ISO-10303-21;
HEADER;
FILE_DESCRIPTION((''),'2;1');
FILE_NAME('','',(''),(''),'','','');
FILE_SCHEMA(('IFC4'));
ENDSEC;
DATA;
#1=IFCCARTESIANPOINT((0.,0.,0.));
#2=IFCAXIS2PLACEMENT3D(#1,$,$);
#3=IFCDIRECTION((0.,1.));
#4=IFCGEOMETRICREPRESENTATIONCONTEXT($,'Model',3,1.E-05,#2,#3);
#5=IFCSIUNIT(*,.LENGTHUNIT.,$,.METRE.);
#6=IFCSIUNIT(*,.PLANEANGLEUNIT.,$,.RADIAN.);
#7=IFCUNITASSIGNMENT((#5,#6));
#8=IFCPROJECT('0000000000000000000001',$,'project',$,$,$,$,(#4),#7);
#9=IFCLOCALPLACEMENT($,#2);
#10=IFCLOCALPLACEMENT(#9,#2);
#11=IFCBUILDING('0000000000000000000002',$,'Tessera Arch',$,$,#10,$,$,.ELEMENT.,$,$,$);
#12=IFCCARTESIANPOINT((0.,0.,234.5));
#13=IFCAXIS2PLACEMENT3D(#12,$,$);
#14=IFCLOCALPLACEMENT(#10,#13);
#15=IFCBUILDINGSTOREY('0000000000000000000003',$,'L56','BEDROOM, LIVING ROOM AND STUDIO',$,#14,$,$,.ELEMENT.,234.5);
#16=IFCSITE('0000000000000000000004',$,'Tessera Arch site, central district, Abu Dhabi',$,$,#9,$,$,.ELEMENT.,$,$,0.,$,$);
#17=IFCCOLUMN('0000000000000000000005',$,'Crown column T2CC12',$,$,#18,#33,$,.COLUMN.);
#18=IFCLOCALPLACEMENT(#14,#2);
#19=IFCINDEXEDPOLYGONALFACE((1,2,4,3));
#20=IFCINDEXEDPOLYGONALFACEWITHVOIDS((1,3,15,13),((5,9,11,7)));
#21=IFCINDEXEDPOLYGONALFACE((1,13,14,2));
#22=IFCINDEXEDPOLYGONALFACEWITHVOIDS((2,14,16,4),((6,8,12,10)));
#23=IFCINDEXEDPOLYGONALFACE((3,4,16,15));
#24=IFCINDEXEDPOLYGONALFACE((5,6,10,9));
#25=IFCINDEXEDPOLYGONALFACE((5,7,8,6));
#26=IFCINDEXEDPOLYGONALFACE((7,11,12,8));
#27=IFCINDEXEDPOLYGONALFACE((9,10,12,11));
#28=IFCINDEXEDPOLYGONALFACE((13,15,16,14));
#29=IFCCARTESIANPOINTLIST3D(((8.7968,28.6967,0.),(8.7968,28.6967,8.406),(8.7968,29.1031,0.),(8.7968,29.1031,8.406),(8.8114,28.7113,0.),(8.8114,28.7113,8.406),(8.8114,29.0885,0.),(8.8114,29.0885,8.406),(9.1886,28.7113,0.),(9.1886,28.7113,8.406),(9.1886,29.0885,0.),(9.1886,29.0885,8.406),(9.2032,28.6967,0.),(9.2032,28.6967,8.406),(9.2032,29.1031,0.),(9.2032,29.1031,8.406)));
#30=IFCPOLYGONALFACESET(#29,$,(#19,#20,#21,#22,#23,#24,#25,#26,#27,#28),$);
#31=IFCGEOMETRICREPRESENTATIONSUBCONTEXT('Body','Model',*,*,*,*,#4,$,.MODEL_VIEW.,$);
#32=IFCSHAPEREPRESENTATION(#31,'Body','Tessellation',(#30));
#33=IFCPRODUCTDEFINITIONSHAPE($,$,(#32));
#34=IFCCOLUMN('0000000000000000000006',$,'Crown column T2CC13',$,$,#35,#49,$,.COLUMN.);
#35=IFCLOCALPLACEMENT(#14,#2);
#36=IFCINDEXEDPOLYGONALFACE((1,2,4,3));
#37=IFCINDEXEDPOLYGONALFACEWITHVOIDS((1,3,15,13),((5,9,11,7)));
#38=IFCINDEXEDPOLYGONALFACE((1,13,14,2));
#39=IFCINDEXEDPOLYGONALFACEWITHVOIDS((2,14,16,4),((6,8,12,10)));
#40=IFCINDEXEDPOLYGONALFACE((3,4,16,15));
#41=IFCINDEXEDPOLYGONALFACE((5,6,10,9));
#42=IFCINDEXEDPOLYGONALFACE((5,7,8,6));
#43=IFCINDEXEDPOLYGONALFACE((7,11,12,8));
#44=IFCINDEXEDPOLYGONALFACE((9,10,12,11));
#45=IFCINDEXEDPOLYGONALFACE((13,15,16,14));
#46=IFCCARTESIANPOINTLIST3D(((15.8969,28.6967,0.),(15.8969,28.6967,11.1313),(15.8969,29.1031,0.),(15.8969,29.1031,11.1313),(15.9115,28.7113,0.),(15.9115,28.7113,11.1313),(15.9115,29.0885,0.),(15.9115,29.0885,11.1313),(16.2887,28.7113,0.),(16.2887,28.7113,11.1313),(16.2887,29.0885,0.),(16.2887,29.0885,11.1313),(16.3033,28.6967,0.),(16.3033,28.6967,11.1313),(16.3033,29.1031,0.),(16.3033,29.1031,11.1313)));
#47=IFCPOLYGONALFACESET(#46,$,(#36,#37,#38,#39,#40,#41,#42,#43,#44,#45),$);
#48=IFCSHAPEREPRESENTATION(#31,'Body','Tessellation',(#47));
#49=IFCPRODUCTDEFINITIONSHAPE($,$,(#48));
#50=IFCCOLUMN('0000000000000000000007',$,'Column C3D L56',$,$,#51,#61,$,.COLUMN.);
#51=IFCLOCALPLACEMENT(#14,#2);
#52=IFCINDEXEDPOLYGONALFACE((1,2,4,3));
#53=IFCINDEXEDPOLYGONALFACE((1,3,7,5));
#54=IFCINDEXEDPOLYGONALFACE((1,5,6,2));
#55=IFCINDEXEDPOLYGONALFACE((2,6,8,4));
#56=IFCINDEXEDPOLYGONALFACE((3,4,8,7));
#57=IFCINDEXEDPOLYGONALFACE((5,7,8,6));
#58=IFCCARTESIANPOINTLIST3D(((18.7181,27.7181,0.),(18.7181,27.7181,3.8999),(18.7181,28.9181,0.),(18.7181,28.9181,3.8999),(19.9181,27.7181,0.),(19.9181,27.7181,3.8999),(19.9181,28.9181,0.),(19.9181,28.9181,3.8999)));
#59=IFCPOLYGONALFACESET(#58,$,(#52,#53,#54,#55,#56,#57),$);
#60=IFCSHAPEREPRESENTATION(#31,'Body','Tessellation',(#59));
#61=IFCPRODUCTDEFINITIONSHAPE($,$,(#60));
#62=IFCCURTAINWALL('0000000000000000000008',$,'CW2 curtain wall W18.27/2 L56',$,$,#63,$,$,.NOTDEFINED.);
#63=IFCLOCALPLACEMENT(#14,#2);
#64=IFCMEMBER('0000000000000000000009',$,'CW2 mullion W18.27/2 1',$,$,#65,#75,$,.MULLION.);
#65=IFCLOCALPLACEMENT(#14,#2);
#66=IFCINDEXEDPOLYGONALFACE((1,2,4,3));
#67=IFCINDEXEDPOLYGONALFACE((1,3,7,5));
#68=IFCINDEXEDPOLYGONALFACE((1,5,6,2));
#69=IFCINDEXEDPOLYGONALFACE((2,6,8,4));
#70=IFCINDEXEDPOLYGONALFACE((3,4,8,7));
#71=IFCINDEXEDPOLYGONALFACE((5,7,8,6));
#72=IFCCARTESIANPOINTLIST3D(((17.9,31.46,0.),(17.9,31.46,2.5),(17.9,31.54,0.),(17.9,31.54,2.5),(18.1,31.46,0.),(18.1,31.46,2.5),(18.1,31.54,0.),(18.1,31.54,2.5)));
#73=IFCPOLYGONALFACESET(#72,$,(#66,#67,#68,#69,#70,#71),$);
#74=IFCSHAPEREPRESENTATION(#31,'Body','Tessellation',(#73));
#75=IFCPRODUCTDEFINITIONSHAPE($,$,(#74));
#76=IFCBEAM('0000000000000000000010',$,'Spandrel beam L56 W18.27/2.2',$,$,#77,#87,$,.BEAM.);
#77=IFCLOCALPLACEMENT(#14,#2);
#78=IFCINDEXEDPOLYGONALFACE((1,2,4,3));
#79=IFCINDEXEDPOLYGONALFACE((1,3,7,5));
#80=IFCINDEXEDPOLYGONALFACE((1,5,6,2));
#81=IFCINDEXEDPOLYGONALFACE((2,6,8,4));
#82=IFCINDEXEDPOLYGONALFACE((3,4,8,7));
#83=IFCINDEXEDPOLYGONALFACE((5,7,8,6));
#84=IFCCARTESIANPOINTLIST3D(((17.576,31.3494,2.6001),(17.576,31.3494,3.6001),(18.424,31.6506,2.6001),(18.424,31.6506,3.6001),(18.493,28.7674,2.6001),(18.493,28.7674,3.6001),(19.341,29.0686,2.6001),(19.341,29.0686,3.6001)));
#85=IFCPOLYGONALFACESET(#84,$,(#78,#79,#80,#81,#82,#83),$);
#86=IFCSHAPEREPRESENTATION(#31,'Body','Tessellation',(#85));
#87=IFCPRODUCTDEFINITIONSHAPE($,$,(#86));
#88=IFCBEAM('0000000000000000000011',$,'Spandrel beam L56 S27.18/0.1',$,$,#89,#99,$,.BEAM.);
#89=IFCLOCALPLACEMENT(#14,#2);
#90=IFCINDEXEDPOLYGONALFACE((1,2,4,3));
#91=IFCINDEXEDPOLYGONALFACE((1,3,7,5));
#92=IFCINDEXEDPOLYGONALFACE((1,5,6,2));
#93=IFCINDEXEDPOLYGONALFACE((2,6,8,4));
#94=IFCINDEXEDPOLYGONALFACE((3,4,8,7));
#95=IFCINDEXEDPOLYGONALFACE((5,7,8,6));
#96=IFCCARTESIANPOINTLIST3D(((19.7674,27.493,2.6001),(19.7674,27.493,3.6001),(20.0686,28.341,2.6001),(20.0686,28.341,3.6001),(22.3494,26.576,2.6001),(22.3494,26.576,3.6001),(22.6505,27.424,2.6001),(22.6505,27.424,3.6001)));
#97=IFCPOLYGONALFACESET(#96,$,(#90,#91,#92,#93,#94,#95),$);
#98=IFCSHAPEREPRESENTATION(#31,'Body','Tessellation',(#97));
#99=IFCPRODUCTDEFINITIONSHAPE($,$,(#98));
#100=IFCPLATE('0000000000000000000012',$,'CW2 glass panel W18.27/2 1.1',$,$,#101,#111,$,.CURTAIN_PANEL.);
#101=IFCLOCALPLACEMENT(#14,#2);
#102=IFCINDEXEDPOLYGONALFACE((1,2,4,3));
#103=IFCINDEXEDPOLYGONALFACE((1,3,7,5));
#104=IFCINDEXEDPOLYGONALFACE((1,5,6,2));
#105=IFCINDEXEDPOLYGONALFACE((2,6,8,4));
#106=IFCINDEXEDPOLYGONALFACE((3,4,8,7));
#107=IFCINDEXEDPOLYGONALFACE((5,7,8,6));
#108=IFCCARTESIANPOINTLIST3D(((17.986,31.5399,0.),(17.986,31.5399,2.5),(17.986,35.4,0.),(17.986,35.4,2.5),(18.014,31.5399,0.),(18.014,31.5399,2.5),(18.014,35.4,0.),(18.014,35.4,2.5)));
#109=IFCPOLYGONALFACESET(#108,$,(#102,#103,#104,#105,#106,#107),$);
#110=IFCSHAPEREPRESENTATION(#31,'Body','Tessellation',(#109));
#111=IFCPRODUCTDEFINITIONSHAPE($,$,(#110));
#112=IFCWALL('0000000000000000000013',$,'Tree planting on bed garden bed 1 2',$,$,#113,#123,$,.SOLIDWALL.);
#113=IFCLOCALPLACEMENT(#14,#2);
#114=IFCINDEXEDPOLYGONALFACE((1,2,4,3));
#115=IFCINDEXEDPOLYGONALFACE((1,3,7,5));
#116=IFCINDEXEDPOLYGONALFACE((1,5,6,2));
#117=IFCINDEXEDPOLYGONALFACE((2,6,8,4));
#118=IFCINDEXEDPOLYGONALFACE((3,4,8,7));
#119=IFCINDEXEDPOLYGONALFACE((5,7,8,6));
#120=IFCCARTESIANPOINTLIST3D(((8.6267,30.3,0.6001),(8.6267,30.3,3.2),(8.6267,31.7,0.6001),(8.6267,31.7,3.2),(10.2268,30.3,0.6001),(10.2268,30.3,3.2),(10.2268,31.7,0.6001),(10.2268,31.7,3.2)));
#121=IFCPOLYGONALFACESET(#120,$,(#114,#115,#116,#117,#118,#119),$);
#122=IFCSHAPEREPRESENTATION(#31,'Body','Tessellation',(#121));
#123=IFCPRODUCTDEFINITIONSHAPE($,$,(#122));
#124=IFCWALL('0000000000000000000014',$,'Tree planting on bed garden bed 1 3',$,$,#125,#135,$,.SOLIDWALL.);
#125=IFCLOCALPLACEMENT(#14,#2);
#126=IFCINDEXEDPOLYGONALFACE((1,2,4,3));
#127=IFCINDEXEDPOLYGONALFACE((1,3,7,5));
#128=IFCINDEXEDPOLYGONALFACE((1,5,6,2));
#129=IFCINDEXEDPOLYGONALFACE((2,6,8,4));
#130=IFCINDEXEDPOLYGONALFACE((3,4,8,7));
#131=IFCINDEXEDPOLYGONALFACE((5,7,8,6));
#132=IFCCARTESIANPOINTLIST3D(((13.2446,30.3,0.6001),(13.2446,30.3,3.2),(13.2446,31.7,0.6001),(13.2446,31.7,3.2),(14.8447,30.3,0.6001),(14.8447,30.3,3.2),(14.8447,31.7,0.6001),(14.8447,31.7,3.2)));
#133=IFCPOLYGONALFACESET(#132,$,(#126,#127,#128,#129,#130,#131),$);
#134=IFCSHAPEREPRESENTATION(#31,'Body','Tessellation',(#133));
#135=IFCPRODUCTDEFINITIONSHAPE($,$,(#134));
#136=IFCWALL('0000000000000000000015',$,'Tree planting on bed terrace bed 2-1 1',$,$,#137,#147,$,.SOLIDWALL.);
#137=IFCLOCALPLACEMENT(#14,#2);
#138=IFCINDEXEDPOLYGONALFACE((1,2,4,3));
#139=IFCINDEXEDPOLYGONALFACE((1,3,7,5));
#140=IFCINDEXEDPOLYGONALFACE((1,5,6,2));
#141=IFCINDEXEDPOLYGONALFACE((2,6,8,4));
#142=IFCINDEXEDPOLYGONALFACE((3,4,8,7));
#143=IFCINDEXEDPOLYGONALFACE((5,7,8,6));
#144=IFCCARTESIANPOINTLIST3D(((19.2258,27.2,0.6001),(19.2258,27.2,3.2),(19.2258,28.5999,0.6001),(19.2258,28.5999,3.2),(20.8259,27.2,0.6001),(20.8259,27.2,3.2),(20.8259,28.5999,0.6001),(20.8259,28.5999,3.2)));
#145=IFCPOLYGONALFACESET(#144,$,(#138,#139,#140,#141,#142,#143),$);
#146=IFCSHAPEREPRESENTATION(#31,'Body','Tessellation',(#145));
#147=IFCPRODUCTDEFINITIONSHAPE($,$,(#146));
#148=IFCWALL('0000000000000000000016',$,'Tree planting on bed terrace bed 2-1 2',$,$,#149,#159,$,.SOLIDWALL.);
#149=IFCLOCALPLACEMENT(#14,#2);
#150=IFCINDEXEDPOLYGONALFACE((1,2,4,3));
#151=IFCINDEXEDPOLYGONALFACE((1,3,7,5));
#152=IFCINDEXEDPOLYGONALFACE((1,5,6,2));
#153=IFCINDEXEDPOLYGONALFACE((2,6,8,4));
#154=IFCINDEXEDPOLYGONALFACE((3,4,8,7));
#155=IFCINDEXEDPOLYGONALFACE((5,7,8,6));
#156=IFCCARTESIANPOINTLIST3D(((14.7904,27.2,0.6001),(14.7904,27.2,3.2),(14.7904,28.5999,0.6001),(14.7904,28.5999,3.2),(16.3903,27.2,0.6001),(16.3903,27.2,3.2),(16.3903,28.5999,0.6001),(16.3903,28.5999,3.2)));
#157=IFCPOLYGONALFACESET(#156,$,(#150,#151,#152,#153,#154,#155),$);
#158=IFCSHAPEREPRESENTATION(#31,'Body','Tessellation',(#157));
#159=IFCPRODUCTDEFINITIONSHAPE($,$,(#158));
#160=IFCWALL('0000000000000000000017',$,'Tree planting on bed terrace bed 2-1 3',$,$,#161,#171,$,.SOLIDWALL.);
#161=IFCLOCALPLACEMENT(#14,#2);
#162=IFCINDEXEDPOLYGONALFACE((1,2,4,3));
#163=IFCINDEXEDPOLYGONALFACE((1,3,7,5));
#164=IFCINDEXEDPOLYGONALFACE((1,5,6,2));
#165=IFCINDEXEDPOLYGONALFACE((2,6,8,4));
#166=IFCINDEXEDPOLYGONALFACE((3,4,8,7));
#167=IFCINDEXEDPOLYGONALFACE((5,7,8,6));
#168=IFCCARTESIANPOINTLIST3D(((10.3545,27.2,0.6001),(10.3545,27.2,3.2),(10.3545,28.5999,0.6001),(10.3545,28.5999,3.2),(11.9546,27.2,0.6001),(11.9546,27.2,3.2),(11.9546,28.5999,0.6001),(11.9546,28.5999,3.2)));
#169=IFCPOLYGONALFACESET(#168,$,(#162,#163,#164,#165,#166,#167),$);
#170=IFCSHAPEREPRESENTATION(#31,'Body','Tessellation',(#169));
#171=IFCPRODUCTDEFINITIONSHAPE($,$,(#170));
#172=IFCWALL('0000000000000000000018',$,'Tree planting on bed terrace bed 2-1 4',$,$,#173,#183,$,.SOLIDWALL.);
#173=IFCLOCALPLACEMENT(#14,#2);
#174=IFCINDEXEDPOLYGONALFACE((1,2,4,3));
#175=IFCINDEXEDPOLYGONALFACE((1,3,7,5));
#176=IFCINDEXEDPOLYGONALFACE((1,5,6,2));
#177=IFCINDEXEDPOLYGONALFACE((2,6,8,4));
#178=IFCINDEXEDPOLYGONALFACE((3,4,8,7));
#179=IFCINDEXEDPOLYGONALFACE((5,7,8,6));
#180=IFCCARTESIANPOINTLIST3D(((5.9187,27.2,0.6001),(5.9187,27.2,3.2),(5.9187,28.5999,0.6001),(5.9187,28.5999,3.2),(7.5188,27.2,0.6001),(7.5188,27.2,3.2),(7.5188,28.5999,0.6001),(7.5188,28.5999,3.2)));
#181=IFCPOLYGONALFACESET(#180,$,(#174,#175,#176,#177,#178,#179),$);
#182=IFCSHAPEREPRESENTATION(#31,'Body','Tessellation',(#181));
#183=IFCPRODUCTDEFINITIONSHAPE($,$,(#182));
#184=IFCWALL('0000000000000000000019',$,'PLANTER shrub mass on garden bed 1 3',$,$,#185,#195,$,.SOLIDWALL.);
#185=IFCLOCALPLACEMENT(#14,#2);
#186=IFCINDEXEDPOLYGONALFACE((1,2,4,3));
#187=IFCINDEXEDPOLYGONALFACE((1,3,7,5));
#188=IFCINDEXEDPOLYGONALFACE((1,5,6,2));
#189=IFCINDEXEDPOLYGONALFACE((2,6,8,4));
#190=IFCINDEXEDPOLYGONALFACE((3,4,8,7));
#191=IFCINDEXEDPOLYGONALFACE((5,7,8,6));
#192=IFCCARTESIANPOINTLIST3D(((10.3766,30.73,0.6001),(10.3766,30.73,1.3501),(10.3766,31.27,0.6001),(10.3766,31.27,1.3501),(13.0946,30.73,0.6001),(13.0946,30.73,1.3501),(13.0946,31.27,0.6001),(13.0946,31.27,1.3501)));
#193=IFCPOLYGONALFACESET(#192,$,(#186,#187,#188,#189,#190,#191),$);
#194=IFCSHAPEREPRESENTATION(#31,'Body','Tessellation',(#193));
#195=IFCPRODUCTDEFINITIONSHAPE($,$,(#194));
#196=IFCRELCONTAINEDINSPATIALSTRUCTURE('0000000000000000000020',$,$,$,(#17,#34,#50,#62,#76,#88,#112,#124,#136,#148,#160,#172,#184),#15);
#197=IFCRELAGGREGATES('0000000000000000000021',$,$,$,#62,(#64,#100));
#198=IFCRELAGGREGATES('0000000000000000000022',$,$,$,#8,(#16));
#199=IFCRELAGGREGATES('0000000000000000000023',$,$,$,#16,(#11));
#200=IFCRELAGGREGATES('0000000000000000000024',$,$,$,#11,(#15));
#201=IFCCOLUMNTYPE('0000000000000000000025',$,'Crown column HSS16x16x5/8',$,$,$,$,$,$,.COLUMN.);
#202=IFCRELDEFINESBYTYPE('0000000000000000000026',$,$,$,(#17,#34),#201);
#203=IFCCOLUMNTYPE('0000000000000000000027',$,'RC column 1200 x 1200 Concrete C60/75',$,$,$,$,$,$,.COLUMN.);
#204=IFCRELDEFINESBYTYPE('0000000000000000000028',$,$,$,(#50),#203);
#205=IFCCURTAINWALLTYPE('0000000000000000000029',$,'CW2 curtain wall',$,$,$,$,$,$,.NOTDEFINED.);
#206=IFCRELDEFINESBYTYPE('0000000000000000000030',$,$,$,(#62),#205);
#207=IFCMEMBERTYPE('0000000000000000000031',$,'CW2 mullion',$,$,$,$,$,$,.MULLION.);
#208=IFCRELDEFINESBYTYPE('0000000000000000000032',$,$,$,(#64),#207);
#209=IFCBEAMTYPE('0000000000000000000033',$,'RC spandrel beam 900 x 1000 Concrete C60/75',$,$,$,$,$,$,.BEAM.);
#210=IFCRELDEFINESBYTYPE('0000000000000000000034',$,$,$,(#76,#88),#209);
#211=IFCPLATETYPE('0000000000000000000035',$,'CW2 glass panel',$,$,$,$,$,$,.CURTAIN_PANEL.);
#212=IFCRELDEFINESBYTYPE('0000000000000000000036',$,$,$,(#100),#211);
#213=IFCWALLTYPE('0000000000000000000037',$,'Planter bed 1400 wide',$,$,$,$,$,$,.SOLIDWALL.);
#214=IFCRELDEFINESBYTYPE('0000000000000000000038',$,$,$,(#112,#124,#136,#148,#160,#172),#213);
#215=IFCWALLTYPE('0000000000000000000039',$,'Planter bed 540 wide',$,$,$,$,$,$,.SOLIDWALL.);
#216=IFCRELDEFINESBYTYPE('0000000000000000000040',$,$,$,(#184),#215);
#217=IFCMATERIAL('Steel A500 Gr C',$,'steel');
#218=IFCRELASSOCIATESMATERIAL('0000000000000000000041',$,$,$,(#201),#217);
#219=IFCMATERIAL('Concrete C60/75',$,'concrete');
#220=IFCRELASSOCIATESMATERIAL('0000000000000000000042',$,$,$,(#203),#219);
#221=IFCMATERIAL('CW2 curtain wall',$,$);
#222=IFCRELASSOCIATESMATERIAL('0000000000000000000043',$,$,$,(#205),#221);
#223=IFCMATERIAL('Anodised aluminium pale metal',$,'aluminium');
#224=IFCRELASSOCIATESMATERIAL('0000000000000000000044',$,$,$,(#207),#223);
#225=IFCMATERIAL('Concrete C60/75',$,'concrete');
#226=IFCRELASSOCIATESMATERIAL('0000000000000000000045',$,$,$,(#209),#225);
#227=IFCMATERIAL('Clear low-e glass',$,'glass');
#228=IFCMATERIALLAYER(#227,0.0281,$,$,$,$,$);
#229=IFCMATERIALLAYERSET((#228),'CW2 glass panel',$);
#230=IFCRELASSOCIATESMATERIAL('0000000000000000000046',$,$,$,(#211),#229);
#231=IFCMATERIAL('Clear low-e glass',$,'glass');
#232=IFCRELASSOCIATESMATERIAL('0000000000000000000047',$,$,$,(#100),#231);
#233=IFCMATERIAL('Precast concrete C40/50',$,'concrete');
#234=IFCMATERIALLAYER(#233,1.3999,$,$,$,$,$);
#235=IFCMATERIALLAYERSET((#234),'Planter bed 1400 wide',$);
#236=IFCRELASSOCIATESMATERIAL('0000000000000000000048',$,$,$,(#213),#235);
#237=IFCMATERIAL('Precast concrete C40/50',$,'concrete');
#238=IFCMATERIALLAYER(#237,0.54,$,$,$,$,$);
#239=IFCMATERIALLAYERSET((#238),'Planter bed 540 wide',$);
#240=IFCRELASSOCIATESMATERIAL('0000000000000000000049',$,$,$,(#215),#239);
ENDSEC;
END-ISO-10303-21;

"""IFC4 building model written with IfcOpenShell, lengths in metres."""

from ifc_helpers import new_model, si_unit, direction, frame, frame_2d, origin, origin_2d, place, context, subcontext, project, spatial, rectangle, hollow_rectangle, extrude, material, layer, layer_set, material_profile, profile_set, type_object, element, aggregate, save


model = new_model("IFC4")

# Units and contexts
model_context = context("Model", 3, precision=1e-05, world=origin(), true_north=direction((0.0, 1.0)))
body_context = subcontext(model_context, "Body", "Model", "MODEL_VIEW")
ifc_project = project(units=[si_unit("LENGTHUNIT", "METRE"), si_unit("PLANEANGLEUNIT", "RADIAN")], contexts=[model_context])

# Site, building, storey
site_placement = place(None, origin())
site = spatial("IfcSite", under=ifc_project, at=site_placement, Name="Tessera Arch site, central district, Abu Dhabi", CompositionType="ELEMENT", RefElevation=0.0)
building_placement = place(site_placement, origin())
building = spatial("IfcBuilding", under=site, at=building_placement, Name="Tessera Arch", CompositionType="ELEMENT")
storey_placement = place(building_placement, frame((0.0, 0.0, 234.5)))
storey = spatial("IfcBuildingStorey", under=building, at=storey_placement, Name="L56", Description="BEDROOM, LIVING ROOM AND STUDIO", CompositionType="ELEMENT", Elevation=234.5)

# Columns
ifc_material_1 = material(Name="Steel A500 Gr C", Category="steel")
ifc_material_profile_1 = material_profile(ifc_material_1, hollow_rectangle(XDim=0.4065, YDim=0.4065, WallThickness=0.0146, at=origin_2d()), Name="HSS16x16x5/8")
ifc_profile_set_1 = profile_set([ifc_material_profile_1], Name="Steel A500 Gr C")
column_type_1 = type_object("IfcColumnType", Name="Crown column HSS16x16x5/8", PredefinedType="COLUMN", material=ifc_profile_set_1)
column_1_placement = place(storey_placement, frame((9.0, 28.8999, 0.0), z_axis=(0.0, 0.0, 1.0), x_axis=(1.0, 0.0, 0.0)))
element("IfcColumn", 1, at=column_1_placement, inside=storey, type_object=column_type_1, Name="Crown column T2CC12", PredefinedType="COLUMN", context=body_context, shape_type="SweptSolid", body=[
    extrude(hollow_rectangle(XDim=0.4065, YDim=0.4065, WallThickness=0.0146, at=origin_2d()), origin(), (0.0, 0.0, 1.0), 8.406),
])
column_2_placement = place(storey_placement, frame((16.1001, 28.8999, 0.0), z_axis=(0.0, 0.0, 1.0), x_axis=(1.0, 0.0, 0.0)))
element("IfcColumn", 2, at=column_2_placement, inside=storey, type_object=column_type_1, Name="Crown column T2CC13", PredefinedType="COLUMN", context=body_context, shape_type="SweptSolid", body=[
    extrude(hollow_rectangle(XDim=0.4065, YDim=0.4065, WallThickness=0.0146, at=origin_2d()), origin(), (0.0, 0.0, 1.0), 11.1313),
])
ifc_material_2 = material(Name="Concrete C60/75", Category="concrete")
ifc_material_profile_2 = material_profile(ifc_material_2, rectangle(XDim=1.2, YDim=1.2, at=origin_2d()), Name="RC column 1200 x 1200 Concrete C60/75")
ifc_profile_set_2 = profile_set([ifc_material_profile_2], Name="Concrete C60/75")
column_type_2 = type_object("IfcColumnType", Name="RC column 1200 x 1200 Concrete C60/75", PredefinedType="COLUMN", material=ifc_profile_set_2)
column_3_placement = place(storey_placement, frame((19.3181, 28.3181, 0.0), z_axis=(0.0, 0.0, 1.0), x_axis=(1.0, 0.0, 0.0)))
element("IfcColumn", 3, at=column_3_placement, inside=storey, type_object=column_type_2, Name="Column C3D L56", PredefinedType="COLUMN", context=body_context, shape_type="SweptSolid", body=[
    extrude(rectangle(XDim=1.2, YDim=1.2, at=origin_2d()), origin(), (0.0, 0.0, 1.0), 3.8999),
])

# Curtain wall, member
ifc_material_3 = material(Name="CW2 curtain wall")
curtain_wall_type = type_object("IfcCurtainWallType", Name="CW2 curtain wall", PredefinedType="NOTDEFINED", material=ifc_material_3)
curtain_wall_placement = place(storey_placement, origin())
curtain_wall = element("IfcCurtainWall", 4, at=curtain_wall_placement, inside=storey, type_object=curtain_wall_type, Name="CW2 curtain wall W18.27/2 L56", PredefinedType="NOTDEFINED")
ifc_material_4 = material(Name="Anodised aluminium pale metal", Category="aluminium")
ifc_material_profile_3 = material_profile(ifc_material_4, rectangle(XDim=0.2, YDim=0.0801, at=origin_2d()), Name="AL 80x200")
ifc_profile_set_3 = profile_set([ifc_material_profile_3], Name="Anodised aluminium pale metal")
member_type = type_object("IfcMemberType", Name="CW2 mullion", PredefinedType="MULLION", material=ifc_profile_set_3)
member_placement = place(storey_placement, frame((18.0, 31.5, 0.0), z_axis=(0.0, 0.0, 1.0), x_axis=(1.0, 0.0, 0.0)))
member = element("IfcMember", 5, at=member_placement, type_object=member_type, Name="CW2 mullion W18.27/2 1", PredefinedType="MULLION", context=body_context, shape_type="SweptSolid", body=[
    extrude(rectangle(XDim=0.2, YDim=0.0801, at=origin_2d()), origin(), (0.0, 0.0, 1.0), 2.5),
])

# Beams
ifc_material_5 = material(Name="Concrete C60/75", Category="concrete")
ifc_material_profile_4 = material_profile(ifc_material_5, rectangle(XDim=0.8999, YDim=1.0, at=origin_2d()), Name="RC spandrel beam 900 x 1000 Concrete C60/75")
ifc_profile_set_4 = profile_set([ifc_material_profile_4], Name="Concrete C60/75")
beam_type = type_object("IfcBeamType", Name="RC spandrel beam 900 x 1000 Concrete C60/75", PredefinedType="BEAM", material=ifc_profile_set_4)
for number, where, z_axis, x_axis, name in (
    (6, (18.0, 31.5, 3.1001), (0.334665, -0.942337, 0.0), (0.942337, 0.334665, 0.0), "Spandrel beam L56 W18.27/2.2"),
    (7, (19.918, 27.917, 3.1001), (0.942337, -0.334665, 0.0), (0.334665, 0.942337, 0.0), "Spandrel beam L56 S27.18/0.1"),
):
    element("IfcBeam", number, at=place(storey_placement, frame(where, z_axis=z_axis, x_axis=x_axis)), inside=storey, type_object=beam_type, Name=name, PredefinedType="BEAM", context=body_context, shape_type="SweptSolid", body=[
        extrude(rectangle(XDim=0.8999, YDim=1.0, at=origin_2d()), origin(), (0.0, 0.0, 1.0), 2.74),
    ])

# Plate
ifc_material_6 = material(Name="Clear low-e glass", Category="glass")
ifc_material_7 = material(Name="Clear low-e glass", Category="glass")
ifc_layer_1 = layer(ifc_material_7, 0.0281)
ifc_layer_set_1 = layer_set([ifc_layer_1], Name="CW2 glass panel")
plate_type = type_object("IfcPlateType", Name="CW2 glass panel", PredefinedType="CURTAIN_PANEL", material=ifc_layer_set_1)
plate_placement = place(storey_placement, frame((18.0, 33.47, 0.0), z_axis=(0.0, 0.0, 1.0), x_axis=(0.0, -1.0, 0.0)))
plate = element("IfcPlate", 8, at=plate_placement, type_object=plate_type, material=ifc_material_6, Name="CW2 glass panel W18.27/2 1.1", PredefinedType="CURTAIN_PANEL", context=body_context, shape_type="SweptSolid", body=[
    extrude(rectangle(XDim=3.8601, YDim=0.0281, at=origin_2d()), origin(), (0.0, 0.0, 1.0), 2.5),
])
aggregate(curtain_wall, [member, plate])

# Walls
ifc_material_8 = material(Name="Precast concrete C40/50", Category="concrete")
ifc_layer_2 = layer(ifc_material_8, 1.3999)
ifc_layer_set_2 = layer_set([ifc_layer_2], Name="Planter bed 1400 wide")
wall_type_1 = type_object("IfcWallType", Name="Planter bed 1400 wide", PredefinedType="SOLIDWALL", material=ifc_layer_set_2)
for number, where, z_axis, x_axis, name in (
    (9, (8.6267, 31.0, 0.6001), (0.0, 0.0, 1.0), (1.0, 0.0, 0.0), "Tree planting on bed garden bed 1 2"),
    (10, (13.2446, 31.0, 0.6001), (0.0, 0.0, 1.0), (1.0, 0.0, 0.0), "Tree planting on bed garden bed 1 3"),
    (11, (20.8259, 27.8999, 0.6001), (0.0, 0.0, 1.0), (-1.0, 0.0, 0.0), "Tree planting on bed terrace bed 2-1 1"),
):
    element("IfcWall", number, at=place(storey_placement, frame(where, z_axis=z_axis, x_axis=x_axis)), inside=storey, type_object=wall_type_1, Name=name, PredefinedType="SOLIDWALL", context=body_context, shape_type="SweptSolid", body=[
        extrude(rectangle(XDim=1.6001, YDim=1.3999, at=frame_2d((0.8, 0.0))), origin(), (0.0, 0.0, 1.0), 2.5999),
    ])
wall_1_placement = place(storey_placement, frame((16.3901, 27.8999, 0.6001), z_axis=(0.0, 0.0, 1.0), x_axis=(-1.0, 0.0, 0.0)))
element("IfcWall", 12, at=wall_1_placement, inside=storey, type_object=wall_type_1, Name="Tree planting on bed terrace bed 2-1 2", PredefinedType="SOLIDWALL", context=body_context, shape_type="SweptSolid", body=[
    extrude(rectangle(XDim=1.5999, YDim=1.3999, at=frame_2d((0.7998, 0.0))), origin(), (0.0, 0.0, 1.0), 2.5999),
])
for number, where, z_axis, x_axis, name in (
    (13, (11.9546, 27.8999, 0.6001), (0.0, 0.0, 1.0), (-1.0, 0.0, 0.0), "Tree planting on bed terrace bed 2-1 3"),
    (14, (7.5188, 27.8999, 0.6001), (0.0, 0.0, 1.0), (-1.0, 0.0, 0.0), "Tree planting on bed terrace bed 2-1 4"),
):
    element("IfcWall", number, at=place(storey_placement, frame(where, z_axis=z_axis, x_axis=x_axis)), inside=storey, type_object=wall_type_1, Name=name, PredefinedType="SOLIDWALL", context=body_context, shape_type="SweptSolid", body=[
        extrude(rectangle(XDim=1.6001, YDim=1.3999, at=frame_2d((0.8, 0.0))), origin(), (0.0, 0.0, 1.0), 2.5999),
    ])
ifc_material_9 = material(Name="Precast concrete C40/50", Category="concrete")
ifc_layer_3 = layer(ifc_material_9, 0.54)
ifc_layer_set_3 = layer_set([ifc_layer_3], Name="Planter bed 540 wide")
wall_type_2 = type_object("IfcWallType", Name="Planter bed 540 wide", PredefinedType="SOLIDWALL", material=ifc_layer_set_3)
wall_2_placement = place(storey_placement, frame((10.3767, 31.0, 0.6001), z_axis=(0.0, 0.0, 1.0), x_axis=(1.0, 0.0, 0.0)))
element("IfcWall", 15, at=wall_2_placement, inside=storey, type_object=wall_type_2, Name="PLANTER shrub mass on garden bed 1 3", PredefinedType="SOLIDWALL", context=body_context, shape_type="SweptSolid", body=[
    extrude(rectangle(XDim=2.718, YDim=0.54, at=frame_2d((1.3589, 0.0))), origin(), (0.0, 0.0, 1.0), 0.75),
])

save(model, "model.ifc")
